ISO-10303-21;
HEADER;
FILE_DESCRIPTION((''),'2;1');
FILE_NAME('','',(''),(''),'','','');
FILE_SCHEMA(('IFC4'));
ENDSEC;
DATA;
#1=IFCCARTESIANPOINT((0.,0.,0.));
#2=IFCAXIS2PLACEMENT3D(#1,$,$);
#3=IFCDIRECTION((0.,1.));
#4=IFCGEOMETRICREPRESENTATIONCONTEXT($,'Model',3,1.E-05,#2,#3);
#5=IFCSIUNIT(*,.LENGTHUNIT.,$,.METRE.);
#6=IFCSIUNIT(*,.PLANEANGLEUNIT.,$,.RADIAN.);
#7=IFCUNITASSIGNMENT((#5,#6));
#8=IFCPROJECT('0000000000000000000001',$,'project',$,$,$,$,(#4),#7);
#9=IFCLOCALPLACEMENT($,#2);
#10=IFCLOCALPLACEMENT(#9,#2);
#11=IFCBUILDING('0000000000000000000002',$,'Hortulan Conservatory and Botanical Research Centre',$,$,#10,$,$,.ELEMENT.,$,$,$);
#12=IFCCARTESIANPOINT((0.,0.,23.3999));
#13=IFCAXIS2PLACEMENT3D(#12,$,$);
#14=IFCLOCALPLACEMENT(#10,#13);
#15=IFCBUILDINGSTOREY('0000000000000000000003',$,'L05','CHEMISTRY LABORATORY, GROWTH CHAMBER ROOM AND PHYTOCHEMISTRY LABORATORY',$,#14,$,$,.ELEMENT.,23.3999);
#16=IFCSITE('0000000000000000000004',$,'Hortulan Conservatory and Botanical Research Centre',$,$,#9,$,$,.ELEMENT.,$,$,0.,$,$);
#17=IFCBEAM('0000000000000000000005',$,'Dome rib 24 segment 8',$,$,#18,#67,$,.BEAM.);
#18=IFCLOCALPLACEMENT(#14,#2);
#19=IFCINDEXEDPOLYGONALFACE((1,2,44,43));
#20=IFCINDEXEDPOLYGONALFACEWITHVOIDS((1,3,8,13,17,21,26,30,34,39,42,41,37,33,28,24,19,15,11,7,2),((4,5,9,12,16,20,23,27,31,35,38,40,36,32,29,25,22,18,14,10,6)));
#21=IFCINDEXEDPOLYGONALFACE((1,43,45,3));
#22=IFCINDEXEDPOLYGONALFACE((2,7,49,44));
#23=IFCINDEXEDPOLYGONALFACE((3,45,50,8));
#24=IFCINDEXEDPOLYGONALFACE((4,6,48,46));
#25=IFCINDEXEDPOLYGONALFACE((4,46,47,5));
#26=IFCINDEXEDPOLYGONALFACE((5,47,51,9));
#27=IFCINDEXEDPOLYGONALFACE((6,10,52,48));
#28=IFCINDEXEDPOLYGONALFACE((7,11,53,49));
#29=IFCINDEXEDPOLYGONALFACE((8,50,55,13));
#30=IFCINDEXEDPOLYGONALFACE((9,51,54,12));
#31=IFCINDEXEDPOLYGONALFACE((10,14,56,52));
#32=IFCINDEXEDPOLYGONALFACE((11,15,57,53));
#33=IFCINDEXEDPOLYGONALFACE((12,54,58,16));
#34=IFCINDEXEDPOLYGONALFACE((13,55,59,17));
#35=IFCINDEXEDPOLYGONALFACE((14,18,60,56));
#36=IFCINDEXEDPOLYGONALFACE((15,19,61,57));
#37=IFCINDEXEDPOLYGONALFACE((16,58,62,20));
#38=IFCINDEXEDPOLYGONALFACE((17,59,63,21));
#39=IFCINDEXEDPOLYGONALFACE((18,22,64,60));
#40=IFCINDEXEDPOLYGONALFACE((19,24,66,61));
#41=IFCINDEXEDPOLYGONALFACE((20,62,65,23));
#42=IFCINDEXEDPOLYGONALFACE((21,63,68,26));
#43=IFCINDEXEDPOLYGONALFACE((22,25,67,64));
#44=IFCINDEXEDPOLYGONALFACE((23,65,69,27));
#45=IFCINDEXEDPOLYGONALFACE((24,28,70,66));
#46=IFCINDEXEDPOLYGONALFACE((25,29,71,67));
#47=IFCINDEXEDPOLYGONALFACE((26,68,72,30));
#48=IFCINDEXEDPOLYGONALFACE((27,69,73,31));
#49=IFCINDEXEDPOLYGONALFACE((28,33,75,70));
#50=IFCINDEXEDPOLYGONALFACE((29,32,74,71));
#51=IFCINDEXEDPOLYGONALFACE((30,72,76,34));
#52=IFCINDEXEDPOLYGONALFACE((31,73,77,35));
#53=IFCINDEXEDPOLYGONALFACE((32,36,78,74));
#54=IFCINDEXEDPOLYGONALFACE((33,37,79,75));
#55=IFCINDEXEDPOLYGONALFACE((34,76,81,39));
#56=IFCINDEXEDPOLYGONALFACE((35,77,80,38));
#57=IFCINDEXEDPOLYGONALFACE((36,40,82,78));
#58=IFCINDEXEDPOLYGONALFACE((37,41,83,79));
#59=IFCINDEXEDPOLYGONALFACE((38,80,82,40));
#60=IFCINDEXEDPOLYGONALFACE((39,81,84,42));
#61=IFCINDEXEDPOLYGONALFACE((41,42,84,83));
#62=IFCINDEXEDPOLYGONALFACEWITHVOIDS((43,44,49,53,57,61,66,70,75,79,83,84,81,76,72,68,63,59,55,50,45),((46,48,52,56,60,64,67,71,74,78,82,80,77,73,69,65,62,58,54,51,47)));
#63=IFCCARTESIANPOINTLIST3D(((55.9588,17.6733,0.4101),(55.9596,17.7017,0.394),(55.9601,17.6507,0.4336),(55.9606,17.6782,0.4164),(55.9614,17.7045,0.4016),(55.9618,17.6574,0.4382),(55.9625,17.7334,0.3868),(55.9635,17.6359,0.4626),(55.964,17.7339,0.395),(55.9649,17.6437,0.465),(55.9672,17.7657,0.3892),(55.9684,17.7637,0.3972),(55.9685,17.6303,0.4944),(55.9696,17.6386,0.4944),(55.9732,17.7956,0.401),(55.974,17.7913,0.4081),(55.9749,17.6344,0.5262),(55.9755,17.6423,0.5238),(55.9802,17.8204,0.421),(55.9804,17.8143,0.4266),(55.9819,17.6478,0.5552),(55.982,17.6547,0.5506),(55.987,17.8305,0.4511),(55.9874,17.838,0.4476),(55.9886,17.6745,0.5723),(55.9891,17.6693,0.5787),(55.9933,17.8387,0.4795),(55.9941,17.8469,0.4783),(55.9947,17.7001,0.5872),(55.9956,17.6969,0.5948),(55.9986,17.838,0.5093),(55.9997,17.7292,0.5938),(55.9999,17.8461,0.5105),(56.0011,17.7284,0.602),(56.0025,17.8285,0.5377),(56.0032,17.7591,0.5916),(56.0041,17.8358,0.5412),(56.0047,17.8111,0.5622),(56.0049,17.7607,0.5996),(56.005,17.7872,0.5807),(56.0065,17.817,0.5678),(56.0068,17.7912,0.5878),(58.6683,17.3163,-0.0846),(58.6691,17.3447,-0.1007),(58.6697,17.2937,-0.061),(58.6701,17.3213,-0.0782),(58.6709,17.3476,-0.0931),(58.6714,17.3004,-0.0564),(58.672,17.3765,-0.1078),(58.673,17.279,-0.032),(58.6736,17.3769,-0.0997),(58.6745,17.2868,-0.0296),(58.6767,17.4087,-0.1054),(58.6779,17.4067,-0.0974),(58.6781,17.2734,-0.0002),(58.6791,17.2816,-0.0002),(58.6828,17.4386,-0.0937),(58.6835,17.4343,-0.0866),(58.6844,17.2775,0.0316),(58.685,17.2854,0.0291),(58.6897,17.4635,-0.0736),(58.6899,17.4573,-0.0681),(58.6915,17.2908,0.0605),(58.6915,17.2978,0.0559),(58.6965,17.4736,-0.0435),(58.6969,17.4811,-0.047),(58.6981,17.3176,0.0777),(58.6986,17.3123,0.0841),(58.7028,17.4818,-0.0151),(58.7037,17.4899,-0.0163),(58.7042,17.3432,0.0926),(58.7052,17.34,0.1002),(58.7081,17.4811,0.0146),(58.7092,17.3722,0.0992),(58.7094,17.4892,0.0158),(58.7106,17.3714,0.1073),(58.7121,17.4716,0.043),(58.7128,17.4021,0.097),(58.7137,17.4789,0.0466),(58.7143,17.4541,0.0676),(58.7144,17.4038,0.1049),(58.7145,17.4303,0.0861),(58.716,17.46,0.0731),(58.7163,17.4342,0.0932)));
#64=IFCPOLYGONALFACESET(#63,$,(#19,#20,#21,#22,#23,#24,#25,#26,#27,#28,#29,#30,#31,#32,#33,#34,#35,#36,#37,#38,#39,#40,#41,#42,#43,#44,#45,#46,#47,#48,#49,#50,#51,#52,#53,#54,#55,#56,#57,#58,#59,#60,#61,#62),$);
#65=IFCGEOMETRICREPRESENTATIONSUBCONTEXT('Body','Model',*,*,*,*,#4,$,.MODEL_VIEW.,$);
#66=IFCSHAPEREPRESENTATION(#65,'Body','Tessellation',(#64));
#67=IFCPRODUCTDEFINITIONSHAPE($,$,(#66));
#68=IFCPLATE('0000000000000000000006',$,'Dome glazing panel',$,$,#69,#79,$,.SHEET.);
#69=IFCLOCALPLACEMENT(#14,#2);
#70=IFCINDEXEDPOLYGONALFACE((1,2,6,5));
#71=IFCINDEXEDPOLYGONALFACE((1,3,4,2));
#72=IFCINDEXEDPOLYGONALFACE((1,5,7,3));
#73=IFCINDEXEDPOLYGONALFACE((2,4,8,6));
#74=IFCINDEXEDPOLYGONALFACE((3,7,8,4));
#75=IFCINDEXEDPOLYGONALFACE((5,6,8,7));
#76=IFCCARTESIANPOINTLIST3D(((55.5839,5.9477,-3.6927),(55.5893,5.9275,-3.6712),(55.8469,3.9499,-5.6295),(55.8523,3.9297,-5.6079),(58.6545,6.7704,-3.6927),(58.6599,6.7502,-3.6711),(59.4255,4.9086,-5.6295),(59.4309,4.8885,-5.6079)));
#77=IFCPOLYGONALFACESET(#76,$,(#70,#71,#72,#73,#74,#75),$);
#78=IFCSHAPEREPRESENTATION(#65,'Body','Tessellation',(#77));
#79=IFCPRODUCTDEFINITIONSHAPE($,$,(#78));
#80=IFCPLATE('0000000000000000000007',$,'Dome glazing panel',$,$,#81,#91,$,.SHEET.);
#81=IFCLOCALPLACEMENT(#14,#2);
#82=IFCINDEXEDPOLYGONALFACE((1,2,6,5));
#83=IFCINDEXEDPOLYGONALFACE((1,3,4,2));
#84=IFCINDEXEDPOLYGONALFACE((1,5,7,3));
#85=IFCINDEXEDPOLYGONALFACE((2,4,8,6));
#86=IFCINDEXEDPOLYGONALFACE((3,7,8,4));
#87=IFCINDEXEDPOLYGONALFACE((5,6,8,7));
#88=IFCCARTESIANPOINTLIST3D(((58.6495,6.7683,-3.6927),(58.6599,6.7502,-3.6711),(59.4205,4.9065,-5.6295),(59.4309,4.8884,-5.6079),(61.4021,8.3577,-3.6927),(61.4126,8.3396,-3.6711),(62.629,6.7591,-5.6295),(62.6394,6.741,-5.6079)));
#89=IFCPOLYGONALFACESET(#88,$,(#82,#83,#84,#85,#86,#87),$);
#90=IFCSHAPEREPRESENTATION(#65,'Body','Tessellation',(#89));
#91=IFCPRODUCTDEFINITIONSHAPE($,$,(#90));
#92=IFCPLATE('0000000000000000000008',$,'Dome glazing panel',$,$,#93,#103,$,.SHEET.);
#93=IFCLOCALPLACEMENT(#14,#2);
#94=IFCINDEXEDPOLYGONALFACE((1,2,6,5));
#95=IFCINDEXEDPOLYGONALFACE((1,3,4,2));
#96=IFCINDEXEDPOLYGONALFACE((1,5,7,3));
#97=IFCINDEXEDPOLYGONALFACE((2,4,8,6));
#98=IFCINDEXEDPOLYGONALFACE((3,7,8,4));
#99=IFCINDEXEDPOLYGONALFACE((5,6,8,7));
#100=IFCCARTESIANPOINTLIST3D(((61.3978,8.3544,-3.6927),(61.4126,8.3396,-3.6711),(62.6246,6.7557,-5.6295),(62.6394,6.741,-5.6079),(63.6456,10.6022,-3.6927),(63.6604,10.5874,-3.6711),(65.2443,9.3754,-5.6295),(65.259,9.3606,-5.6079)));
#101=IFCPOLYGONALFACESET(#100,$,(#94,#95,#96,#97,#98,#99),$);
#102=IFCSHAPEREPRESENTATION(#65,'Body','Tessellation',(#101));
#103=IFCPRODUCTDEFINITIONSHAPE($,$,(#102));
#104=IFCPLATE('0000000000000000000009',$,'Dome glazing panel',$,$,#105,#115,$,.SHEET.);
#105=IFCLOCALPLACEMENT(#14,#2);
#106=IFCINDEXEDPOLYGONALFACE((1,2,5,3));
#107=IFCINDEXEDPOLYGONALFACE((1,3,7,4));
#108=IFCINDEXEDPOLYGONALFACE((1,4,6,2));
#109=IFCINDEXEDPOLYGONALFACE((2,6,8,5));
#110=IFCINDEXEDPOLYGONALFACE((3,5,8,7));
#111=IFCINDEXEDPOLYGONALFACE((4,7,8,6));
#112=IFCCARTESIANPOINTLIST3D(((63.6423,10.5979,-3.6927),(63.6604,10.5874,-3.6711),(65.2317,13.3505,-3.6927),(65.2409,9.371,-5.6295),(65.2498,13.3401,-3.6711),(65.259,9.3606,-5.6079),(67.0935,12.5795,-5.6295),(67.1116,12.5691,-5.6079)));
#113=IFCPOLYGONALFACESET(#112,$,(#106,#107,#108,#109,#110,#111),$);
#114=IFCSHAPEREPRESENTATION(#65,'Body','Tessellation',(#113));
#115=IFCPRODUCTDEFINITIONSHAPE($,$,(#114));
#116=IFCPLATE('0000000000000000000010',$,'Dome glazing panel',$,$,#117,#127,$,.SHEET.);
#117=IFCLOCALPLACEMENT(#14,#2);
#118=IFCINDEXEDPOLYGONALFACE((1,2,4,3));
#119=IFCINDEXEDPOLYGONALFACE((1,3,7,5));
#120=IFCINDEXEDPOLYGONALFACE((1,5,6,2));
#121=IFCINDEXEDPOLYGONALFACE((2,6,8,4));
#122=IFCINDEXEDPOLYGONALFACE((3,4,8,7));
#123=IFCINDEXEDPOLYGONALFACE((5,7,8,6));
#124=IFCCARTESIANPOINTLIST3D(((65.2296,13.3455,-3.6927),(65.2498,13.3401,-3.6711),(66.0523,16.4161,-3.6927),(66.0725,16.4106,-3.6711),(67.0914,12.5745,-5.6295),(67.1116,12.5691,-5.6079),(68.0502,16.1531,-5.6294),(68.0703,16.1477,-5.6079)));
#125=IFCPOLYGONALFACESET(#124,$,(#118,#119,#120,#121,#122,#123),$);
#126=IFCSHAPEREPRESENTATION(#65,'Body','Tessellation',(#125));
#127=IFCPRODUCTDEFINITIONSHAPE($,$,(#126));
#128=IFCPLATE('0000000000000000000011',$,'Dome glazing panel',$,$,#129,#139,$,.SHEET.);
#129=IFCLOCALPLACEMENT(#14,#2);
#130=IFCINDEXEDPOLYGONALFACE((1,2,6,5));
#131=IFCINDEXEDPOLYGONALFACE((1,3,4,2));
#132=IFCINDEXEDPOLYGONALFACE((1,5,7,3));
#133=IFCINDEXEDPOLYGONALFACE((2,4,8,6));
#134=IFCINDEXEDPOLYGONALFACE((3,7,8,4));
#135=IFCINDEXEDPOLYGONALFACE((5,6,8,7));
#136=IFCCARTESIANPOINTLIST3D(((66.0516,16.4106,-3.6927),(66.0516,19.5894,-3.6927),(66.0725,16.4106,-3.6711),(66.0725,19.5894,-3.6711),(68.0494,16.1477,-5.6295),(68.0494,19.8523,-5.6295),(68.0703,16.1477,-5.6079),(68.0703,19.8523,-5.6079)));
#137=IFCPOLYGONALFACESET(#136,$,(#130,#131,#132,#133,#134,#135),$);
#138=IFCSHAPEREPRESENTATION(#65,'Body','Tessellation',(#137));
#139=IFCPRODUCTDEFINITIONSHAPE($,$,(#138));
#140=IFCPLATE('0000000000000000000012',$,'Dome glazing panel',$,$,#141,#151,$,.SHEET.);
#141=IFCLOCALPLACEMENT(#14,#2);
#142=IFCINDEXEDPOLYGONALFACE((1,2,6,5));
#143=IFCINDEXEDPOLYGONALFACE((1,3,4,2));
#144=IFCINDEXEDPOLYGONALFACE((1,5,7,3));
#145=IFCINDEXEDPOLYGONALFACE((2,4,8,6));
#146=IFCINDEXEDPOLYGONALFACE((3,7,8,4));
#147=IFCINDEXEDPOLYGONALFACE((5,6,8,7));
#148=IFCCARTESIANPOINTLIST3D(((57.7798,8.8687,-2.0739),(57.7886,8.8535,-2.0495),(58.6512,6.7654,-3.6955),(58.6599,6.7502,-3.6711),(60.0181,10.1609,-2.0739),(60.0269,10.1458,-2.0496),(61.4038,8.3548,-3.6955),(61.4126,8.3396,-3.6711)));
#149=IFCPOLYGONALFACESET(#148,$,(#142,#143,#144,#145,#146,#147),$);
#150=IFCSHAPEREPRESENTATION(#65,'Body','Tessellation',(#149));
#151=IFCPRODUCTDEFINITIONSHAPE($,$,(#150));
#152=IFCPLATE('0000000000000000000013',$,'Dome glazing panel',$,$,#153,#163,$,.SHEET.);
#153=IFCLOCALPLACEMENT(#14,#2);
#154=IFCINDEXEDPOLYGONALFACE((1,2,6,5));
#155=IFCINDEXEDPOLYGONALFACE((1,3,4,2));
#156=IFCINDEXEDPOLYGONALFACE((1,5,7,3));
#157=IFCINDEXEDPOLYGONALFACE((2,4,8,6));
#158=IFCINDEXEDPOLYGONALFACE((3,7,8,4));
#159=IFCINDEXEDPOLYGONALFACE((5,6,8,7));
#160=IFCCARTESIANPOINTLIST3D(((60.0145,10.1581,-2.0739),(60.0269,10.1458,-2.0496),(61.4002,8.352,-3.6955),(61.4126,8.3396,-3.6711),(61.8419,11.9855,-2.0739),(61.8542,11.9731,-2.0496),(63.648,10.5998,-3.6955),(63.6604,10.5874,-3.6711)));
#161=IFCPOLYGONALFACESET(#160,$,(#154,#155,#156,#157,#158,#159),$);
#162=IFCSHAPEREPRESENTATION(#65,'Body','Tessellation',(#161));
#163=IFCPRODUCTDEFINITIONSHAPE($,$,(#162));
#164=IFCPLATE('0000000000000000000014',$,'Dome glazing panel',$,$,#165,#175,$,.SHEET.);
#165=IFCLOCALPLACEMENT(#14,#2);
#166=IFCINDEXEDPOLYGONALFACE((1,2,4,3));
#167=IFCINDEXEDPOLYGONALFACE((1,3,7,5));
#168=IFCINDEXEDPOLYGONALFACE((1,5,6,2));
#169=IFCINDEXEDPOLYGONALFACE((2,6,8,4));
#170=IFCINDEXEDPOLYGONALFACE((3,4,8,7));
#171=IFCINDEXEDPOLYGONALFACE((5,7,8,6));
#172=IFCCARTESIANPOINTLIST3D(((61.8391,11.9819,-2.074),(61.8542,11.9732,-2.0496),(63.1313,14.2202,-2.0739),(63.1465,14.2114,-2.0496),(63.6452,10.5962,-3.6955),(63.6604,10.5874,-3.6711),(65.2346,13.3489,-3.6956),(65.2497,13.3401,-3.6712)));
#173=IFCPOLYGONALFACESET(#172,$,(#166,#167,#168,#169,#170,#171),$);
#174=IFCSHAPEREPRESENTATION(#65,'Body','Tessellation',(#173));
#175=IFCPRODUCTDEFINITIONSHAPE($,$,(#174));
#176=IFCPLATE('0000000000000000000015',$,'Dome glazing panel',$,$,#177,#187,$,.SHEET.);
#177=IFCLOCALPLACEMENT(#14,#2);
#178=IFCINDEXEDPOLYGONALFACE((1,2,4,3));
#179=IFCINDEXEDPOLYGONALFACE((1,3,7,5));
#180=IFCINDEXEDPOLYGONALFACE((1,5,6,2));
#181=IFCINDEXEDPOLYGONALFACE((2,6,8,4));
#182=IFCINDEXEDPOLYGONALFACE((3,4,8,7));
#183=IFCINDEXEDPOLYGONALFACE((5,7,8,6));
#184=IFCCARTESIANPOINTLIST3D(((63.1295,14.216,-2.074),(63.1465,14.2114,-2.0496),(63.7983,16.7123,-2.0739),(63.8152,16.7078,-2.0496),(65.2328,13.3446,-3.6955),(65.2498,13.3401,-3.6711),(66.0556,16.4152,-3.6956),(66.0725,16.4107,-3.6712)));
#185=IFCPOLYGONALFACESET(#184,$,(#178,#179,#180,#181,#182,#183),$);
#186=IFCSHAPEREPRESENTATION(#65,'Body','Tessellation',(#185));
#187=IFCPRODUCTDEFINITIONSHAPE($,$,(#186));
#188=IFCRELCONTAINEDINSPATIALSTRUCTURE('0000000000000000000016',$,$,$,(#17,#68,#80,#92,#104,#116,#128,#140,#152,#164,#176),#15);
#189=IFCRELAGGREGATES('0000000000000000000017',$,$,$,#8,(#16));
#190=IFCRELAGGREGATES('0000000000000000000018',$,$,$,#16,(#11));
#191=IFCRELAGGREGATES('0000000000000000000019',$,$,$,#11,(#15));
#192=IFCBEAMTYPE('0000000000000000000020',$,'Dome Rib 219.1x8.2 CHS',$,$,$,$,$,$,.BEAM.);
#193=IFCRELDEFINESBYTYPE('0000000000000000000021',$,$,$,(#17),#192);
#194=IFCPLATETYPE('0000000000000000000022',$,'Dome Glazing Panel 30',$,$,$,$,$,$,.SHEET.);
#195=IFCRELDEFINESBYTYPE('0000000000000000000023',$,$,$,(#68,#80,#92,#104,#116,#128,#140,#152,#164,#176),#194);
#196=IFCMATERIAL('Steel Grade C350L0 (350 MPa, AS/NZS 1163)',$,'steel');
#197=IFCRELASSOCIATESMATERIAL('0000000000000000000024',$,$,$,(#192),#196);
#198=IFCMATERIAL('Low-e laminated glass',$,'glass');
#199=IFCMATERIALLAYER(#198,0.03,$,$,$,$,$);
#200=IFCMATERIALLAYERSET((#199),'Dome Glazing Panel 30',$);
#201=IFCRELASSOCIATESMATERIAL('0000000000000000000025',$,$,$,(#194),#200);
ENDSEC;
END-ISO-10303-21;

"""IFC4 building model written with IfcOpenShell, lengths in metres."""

from ifc_helpers import new_model, si_unit, direction, frame, origin, origin_2d, place, context, subcontext, project, spatial, polyline, hollow_circle, outline, extrude, material, layer, layer_set, material_profile, profile_set, type_object, element, save


model = new_model("IFC4")

# Units and contexts
model_context = context("Model", 3, precision=1e-05, world=origin(), true_north=direction((0.0, 1.0)))
body_context = subcontext(model_context, "Body", "Model", "MODEL_VIEW")
ifc_project = project(units=[si_unit("LENGTHUNIT", "METRE"), si_unit("PLANEANGLEUNIT", "RADIAN")], contexts=[model_context])

# Site, building, storey
site_placement = place(None, origin())
site = spatial("IfcSite", under=ifc_project, at=site_placement, Name="Hortulan Conservatory and Botanical Research Centre", CompositionType="ELEMENT", RefElevation=0.0)
building_placement = place(site_placement, origin())
building = spatial("IfcBuilding", under=site, at=building_placement, Name="Hortulan Conservatory and Botanical Research Centre", CompositionType="ELEMENT")
storey_placement = place(building_placement, frame((0.0, 0.0, 23.3999)))
storey = spatial("IfcBuildingStorey", under=building, at=storey_placement, Name="L05", Description="CHEMISTRY LABORATORY, GROWTH CHAMBER ROOM AND PHYTOCHEMISTRY LABORATORY", CompositionType="ELEMENT", Elevation=23.3999)

# Shared definitions
ifc_material_1 = material(Name="Steel Grade C350L0 (350 MPa, AS/NZS 1163)", Category="steel")

# Beam
ifc_material_profile_1 = material_profile(ifc_material_1, hollow_circle(Radius=0.1096, WallThickness=0.0083, at=origin_2d()), Name="219.1x8.2CHS")
ifc_profile_set_1 = profile_set([ifc_material_profile_1], Name="Steel Grade C350L0 (350 MPa, AS/NZS 1163)")
beam_type = type_object("IfcBeamType", Name="Dome Rib 219.1x8.2 CHS", PredefinedType="BEAM", material=ifc_profile_set_1)
for number, where, z_axis, x_axis, name in (
    (1, (58.6924, 17.3821, -0.0002), (-0.975584, 0.128519, 0.178098), (-0.130607, -0.991434, 0.0), "Dome rib 24 segment 8"),
):
    element("IfcBeam", number, at=place(storey_placement, frame(where, z_axis=z_axis, x_axis=x_axis)), inside=storey, type_object=beam_type, Name=name, PredefinedType="BEAM", context=body_context, shape_type="SweptSolid", body=[
        extrude(hollow_circle(Radius=0.1096, WallThickness=0.0083, at=origin_2d()), origin(), (0.0, 0.0, 1.0), 2.7773),
    ])

# Plates
ifc_material_2 = material(Name="Low-e laminated glass", Category="glass")
ifc_layer = layer(ifc_material_2, 0.03)
ifc_layer_set = layer_set([ifc_layer], Name="Dome Glazing Panel 30")
plate_type = type_object("IfcPlateType", Name="Dome Glazing Panel 30", PredefinedType="SHEET", material=ifc_layer_set)
plate_1_placement = place(storey_placement, frame((55.8523, 3.9297, -5.6079), z_axis=(0.180136, -0.672331, 0.717998), x_axis=(0.965933, 0.25879, -0.000009)))
element("IfcPlate", 2, at=plate_1_placement, inside=storey, type_object=plate_type, Name="Dome glazing panel", PredefinedType="SHEET", context=body_context, shape_type="SweptSolid", body=[
    extrude(outline(polyline([(0.0, 0.0), (3.7048, 0.0), (3.4419, 2.7826), (0.263, 2.7825), (0.0, 0.0)])), origin(), (0.0, 0.0, -1.0), 0.03),
])
plate_2_placement = place(storey_placement, frame((59.4309, 4.8884, -5.6079), z_axis=(0.348037, -0.602781, 0.718001), x_axis=(0.866012, 0.500023, 0.0)))
element("IfcPlate", 3, at=plate_2_placement, inside=storey, type_object=plate_type, Name="Dome glazing panel", PredefinedType="SHEET", context=body_context, shape_type="SweptSolid", body=[
    extrude(outline(polyline([(0.0, 0.0), (3.7049, 0.0), (3.4418, 2.7825), (0.2633, 2.7825), (0.0, 0.0)])), origin(), (0.0, 0.0, -1.0), 0.03),
])
plate_3_placement = place(storey_placement, frame((62.6394, 6.741, -5.6079), z_axis=(0.492174, -0.492174, 0.718004), x_axis=(0.707107, 0.707107, 0.0)))
element("IfcPlate", 4, at=plate_3_placement, inside=storey, type_object=plate_type, Name="Dome glazing panel", PredefinedType="SHEET", context=body_context, shape_type="SweptSolid", body=[
    extrude(outline(polyline([(0.0, 0.0), (3.7047, 0.0), (3.4418, 2.7826), (0.2629, 2.7826), (0.0, 0.0)])), origin(), (0.0, 0.0, -1.0), 0.03),
])
plate_4_placement = place(storey_placement, frame((65.259, 9.3606, -5.6079), z_axis=(0.602781, -0.348037, 0.718001), x_axis=(0.500023, 0.866012, 0.0)))
element("IfcPlate", 5, at=plate_4_placement, inside=storey, type_object=plate_type, Name="Dome glazing panel", PredefinedType="SHEET", context=body_context, shape_type="SweptSolid", body=[
    extrude(outline(polyline([(0.0, 0.0), (3.7049, 0.0), (3.4416, 2.7825), (0.2631, 2.7825), (0.0, 0.0)])), origin(), (0.0, 0.0, -1.0), 0.03),
])
plate_5_placement = place(storey_placement, frame((67.1116, 12.5691, -5.6079), z_axis=(0.672331, -0.180136, 0.717998), x_axis=(0.25879, 0.965933, 0.000009)))
element("IfcPlate", 6, at=plate_5_placement, inside=storey, type_object=plate_type, Name="Dome glazing panel", PredefinedType="SHEET", context=body_context, shape_type="SweptSolid", body=[
    extrude(outline(polyline([(0.0, 0.0), (3.7048, 0.0), (3.4418, 2.7825), (0.2629, 2.7826), (0.0, 0.0)])), origin(), (0.0, 0.0, -1.0), 0.03),
])
plate_6_placement = place(storey_placement, frame((68.0703, 16.1477, -5.6079), z_axis=(0.696054, 0.0, 0.717989), x_axis=(0.0, 1.0, 0.0)))
element("IfcPlate", 7, at=plate_6_placement, inside=storey, type_object=plate_type, Name="Dome glazing panel", PredefinedType="SHEET", context=body_context, shape_type="SweptSolid", body=[
    extrude(outline(polyline([(0.0, 0.0), (3.7046, 0.0), (3.4417, 2.7825), (0.2629, 2.7825), (0.0, 0.0)])), origin(), (0.0, 0.0, -1.0), 0.03),
])
plate_7_placement = place(storey_placement, frame((58.6599, 6.7502, -3.6711), z_axis=(0.291738, -0.505296, 0.812136), x_axis=(0.866016, 0.500017, 0.000008)))
element("IfcPlate", 8, at=plate_7_placement, inside=storey, type_object=plate_type, Name="Dome glazing panel", PredefinedType="SHEET", context=body_context, shape_type="SweptSolid", body=[
    extrude(outline(polyline([(0.0, 0.0), (3.1786, 0.0), (2.8816, 2.7792), (0.2971, 2.7793), (0.0, 0.0)])), origin(), (0.0, 0.0, -1.0), 0.03),
])
plate_8_placement = place(storey_placement, frame((61.4126, 8.3396, -3.6711), z_axis=(0.412585, -0.412585, 0.812125), x_axis=(0.707107, 0.707107, 0.0)))
element("IfcPlate", 9, at=plate_8_placement, inside=storey, type_object=plate_type, Name="Dome glazing panel", PredefinedType="SHEET", context=body_context, shape_type="SweptSolid", body=[
    extrude(outline(polyline([(0.0, 0.0), (3.1789, 0.0), (2.8816, 2.7791), (0.2973, 2.7791), (0.0, 0.0)])), origin(), (0.0, 0.0, -1.0), 0.03),
])
plate_9_placement = place(storey_placement, frame((63.6604, 10.5874, -3.6711), z_axis=(0.505296, -0.291738, 0.812136), x_axis=(0.500017, 0.866016, -0.000008)))
element("IfcPlate", 10, at=plate_9_placement, inside=storey, type_object=plate_type, Name="Dome glazing panel", PredefinedType="SHEET", context=body_context, shape_type="SweptSolid", body=[
    extrude(outline(polyline([(0.0, 0.0), (3.1786, 0.0), (2.8815, 2.7793), (0.297, 2.7792), (0.0, 0.0)])), origin(), (0.0, 0.0, -1.0), 0.03),
])
plate_10_placement = place(storey_placement, frame((65.2498, 13.3401, -3.6711), z_axis=(0.563573, -0.15099, 0.81215), x_axis=(0.258809, 0.965929, -0.000015)))
element("IfcPlate", 11, at=plate_10_placement, inside=storey, type_object=plate_type, Name="Dome glazing panel", PredefinedType="SHEET", context=body_context, shape_type="SweptSolid", body=[
    extrude(outline(polyline([(0.0, 0.0), (3.1789, 0.0), (2.8816, 2.7794), (0.2973, 2.7792), (0.0, 0.0)])), origin(), (0.0, 0.0, -1.0), 0.03),
])

save(model, "model.ifc")
